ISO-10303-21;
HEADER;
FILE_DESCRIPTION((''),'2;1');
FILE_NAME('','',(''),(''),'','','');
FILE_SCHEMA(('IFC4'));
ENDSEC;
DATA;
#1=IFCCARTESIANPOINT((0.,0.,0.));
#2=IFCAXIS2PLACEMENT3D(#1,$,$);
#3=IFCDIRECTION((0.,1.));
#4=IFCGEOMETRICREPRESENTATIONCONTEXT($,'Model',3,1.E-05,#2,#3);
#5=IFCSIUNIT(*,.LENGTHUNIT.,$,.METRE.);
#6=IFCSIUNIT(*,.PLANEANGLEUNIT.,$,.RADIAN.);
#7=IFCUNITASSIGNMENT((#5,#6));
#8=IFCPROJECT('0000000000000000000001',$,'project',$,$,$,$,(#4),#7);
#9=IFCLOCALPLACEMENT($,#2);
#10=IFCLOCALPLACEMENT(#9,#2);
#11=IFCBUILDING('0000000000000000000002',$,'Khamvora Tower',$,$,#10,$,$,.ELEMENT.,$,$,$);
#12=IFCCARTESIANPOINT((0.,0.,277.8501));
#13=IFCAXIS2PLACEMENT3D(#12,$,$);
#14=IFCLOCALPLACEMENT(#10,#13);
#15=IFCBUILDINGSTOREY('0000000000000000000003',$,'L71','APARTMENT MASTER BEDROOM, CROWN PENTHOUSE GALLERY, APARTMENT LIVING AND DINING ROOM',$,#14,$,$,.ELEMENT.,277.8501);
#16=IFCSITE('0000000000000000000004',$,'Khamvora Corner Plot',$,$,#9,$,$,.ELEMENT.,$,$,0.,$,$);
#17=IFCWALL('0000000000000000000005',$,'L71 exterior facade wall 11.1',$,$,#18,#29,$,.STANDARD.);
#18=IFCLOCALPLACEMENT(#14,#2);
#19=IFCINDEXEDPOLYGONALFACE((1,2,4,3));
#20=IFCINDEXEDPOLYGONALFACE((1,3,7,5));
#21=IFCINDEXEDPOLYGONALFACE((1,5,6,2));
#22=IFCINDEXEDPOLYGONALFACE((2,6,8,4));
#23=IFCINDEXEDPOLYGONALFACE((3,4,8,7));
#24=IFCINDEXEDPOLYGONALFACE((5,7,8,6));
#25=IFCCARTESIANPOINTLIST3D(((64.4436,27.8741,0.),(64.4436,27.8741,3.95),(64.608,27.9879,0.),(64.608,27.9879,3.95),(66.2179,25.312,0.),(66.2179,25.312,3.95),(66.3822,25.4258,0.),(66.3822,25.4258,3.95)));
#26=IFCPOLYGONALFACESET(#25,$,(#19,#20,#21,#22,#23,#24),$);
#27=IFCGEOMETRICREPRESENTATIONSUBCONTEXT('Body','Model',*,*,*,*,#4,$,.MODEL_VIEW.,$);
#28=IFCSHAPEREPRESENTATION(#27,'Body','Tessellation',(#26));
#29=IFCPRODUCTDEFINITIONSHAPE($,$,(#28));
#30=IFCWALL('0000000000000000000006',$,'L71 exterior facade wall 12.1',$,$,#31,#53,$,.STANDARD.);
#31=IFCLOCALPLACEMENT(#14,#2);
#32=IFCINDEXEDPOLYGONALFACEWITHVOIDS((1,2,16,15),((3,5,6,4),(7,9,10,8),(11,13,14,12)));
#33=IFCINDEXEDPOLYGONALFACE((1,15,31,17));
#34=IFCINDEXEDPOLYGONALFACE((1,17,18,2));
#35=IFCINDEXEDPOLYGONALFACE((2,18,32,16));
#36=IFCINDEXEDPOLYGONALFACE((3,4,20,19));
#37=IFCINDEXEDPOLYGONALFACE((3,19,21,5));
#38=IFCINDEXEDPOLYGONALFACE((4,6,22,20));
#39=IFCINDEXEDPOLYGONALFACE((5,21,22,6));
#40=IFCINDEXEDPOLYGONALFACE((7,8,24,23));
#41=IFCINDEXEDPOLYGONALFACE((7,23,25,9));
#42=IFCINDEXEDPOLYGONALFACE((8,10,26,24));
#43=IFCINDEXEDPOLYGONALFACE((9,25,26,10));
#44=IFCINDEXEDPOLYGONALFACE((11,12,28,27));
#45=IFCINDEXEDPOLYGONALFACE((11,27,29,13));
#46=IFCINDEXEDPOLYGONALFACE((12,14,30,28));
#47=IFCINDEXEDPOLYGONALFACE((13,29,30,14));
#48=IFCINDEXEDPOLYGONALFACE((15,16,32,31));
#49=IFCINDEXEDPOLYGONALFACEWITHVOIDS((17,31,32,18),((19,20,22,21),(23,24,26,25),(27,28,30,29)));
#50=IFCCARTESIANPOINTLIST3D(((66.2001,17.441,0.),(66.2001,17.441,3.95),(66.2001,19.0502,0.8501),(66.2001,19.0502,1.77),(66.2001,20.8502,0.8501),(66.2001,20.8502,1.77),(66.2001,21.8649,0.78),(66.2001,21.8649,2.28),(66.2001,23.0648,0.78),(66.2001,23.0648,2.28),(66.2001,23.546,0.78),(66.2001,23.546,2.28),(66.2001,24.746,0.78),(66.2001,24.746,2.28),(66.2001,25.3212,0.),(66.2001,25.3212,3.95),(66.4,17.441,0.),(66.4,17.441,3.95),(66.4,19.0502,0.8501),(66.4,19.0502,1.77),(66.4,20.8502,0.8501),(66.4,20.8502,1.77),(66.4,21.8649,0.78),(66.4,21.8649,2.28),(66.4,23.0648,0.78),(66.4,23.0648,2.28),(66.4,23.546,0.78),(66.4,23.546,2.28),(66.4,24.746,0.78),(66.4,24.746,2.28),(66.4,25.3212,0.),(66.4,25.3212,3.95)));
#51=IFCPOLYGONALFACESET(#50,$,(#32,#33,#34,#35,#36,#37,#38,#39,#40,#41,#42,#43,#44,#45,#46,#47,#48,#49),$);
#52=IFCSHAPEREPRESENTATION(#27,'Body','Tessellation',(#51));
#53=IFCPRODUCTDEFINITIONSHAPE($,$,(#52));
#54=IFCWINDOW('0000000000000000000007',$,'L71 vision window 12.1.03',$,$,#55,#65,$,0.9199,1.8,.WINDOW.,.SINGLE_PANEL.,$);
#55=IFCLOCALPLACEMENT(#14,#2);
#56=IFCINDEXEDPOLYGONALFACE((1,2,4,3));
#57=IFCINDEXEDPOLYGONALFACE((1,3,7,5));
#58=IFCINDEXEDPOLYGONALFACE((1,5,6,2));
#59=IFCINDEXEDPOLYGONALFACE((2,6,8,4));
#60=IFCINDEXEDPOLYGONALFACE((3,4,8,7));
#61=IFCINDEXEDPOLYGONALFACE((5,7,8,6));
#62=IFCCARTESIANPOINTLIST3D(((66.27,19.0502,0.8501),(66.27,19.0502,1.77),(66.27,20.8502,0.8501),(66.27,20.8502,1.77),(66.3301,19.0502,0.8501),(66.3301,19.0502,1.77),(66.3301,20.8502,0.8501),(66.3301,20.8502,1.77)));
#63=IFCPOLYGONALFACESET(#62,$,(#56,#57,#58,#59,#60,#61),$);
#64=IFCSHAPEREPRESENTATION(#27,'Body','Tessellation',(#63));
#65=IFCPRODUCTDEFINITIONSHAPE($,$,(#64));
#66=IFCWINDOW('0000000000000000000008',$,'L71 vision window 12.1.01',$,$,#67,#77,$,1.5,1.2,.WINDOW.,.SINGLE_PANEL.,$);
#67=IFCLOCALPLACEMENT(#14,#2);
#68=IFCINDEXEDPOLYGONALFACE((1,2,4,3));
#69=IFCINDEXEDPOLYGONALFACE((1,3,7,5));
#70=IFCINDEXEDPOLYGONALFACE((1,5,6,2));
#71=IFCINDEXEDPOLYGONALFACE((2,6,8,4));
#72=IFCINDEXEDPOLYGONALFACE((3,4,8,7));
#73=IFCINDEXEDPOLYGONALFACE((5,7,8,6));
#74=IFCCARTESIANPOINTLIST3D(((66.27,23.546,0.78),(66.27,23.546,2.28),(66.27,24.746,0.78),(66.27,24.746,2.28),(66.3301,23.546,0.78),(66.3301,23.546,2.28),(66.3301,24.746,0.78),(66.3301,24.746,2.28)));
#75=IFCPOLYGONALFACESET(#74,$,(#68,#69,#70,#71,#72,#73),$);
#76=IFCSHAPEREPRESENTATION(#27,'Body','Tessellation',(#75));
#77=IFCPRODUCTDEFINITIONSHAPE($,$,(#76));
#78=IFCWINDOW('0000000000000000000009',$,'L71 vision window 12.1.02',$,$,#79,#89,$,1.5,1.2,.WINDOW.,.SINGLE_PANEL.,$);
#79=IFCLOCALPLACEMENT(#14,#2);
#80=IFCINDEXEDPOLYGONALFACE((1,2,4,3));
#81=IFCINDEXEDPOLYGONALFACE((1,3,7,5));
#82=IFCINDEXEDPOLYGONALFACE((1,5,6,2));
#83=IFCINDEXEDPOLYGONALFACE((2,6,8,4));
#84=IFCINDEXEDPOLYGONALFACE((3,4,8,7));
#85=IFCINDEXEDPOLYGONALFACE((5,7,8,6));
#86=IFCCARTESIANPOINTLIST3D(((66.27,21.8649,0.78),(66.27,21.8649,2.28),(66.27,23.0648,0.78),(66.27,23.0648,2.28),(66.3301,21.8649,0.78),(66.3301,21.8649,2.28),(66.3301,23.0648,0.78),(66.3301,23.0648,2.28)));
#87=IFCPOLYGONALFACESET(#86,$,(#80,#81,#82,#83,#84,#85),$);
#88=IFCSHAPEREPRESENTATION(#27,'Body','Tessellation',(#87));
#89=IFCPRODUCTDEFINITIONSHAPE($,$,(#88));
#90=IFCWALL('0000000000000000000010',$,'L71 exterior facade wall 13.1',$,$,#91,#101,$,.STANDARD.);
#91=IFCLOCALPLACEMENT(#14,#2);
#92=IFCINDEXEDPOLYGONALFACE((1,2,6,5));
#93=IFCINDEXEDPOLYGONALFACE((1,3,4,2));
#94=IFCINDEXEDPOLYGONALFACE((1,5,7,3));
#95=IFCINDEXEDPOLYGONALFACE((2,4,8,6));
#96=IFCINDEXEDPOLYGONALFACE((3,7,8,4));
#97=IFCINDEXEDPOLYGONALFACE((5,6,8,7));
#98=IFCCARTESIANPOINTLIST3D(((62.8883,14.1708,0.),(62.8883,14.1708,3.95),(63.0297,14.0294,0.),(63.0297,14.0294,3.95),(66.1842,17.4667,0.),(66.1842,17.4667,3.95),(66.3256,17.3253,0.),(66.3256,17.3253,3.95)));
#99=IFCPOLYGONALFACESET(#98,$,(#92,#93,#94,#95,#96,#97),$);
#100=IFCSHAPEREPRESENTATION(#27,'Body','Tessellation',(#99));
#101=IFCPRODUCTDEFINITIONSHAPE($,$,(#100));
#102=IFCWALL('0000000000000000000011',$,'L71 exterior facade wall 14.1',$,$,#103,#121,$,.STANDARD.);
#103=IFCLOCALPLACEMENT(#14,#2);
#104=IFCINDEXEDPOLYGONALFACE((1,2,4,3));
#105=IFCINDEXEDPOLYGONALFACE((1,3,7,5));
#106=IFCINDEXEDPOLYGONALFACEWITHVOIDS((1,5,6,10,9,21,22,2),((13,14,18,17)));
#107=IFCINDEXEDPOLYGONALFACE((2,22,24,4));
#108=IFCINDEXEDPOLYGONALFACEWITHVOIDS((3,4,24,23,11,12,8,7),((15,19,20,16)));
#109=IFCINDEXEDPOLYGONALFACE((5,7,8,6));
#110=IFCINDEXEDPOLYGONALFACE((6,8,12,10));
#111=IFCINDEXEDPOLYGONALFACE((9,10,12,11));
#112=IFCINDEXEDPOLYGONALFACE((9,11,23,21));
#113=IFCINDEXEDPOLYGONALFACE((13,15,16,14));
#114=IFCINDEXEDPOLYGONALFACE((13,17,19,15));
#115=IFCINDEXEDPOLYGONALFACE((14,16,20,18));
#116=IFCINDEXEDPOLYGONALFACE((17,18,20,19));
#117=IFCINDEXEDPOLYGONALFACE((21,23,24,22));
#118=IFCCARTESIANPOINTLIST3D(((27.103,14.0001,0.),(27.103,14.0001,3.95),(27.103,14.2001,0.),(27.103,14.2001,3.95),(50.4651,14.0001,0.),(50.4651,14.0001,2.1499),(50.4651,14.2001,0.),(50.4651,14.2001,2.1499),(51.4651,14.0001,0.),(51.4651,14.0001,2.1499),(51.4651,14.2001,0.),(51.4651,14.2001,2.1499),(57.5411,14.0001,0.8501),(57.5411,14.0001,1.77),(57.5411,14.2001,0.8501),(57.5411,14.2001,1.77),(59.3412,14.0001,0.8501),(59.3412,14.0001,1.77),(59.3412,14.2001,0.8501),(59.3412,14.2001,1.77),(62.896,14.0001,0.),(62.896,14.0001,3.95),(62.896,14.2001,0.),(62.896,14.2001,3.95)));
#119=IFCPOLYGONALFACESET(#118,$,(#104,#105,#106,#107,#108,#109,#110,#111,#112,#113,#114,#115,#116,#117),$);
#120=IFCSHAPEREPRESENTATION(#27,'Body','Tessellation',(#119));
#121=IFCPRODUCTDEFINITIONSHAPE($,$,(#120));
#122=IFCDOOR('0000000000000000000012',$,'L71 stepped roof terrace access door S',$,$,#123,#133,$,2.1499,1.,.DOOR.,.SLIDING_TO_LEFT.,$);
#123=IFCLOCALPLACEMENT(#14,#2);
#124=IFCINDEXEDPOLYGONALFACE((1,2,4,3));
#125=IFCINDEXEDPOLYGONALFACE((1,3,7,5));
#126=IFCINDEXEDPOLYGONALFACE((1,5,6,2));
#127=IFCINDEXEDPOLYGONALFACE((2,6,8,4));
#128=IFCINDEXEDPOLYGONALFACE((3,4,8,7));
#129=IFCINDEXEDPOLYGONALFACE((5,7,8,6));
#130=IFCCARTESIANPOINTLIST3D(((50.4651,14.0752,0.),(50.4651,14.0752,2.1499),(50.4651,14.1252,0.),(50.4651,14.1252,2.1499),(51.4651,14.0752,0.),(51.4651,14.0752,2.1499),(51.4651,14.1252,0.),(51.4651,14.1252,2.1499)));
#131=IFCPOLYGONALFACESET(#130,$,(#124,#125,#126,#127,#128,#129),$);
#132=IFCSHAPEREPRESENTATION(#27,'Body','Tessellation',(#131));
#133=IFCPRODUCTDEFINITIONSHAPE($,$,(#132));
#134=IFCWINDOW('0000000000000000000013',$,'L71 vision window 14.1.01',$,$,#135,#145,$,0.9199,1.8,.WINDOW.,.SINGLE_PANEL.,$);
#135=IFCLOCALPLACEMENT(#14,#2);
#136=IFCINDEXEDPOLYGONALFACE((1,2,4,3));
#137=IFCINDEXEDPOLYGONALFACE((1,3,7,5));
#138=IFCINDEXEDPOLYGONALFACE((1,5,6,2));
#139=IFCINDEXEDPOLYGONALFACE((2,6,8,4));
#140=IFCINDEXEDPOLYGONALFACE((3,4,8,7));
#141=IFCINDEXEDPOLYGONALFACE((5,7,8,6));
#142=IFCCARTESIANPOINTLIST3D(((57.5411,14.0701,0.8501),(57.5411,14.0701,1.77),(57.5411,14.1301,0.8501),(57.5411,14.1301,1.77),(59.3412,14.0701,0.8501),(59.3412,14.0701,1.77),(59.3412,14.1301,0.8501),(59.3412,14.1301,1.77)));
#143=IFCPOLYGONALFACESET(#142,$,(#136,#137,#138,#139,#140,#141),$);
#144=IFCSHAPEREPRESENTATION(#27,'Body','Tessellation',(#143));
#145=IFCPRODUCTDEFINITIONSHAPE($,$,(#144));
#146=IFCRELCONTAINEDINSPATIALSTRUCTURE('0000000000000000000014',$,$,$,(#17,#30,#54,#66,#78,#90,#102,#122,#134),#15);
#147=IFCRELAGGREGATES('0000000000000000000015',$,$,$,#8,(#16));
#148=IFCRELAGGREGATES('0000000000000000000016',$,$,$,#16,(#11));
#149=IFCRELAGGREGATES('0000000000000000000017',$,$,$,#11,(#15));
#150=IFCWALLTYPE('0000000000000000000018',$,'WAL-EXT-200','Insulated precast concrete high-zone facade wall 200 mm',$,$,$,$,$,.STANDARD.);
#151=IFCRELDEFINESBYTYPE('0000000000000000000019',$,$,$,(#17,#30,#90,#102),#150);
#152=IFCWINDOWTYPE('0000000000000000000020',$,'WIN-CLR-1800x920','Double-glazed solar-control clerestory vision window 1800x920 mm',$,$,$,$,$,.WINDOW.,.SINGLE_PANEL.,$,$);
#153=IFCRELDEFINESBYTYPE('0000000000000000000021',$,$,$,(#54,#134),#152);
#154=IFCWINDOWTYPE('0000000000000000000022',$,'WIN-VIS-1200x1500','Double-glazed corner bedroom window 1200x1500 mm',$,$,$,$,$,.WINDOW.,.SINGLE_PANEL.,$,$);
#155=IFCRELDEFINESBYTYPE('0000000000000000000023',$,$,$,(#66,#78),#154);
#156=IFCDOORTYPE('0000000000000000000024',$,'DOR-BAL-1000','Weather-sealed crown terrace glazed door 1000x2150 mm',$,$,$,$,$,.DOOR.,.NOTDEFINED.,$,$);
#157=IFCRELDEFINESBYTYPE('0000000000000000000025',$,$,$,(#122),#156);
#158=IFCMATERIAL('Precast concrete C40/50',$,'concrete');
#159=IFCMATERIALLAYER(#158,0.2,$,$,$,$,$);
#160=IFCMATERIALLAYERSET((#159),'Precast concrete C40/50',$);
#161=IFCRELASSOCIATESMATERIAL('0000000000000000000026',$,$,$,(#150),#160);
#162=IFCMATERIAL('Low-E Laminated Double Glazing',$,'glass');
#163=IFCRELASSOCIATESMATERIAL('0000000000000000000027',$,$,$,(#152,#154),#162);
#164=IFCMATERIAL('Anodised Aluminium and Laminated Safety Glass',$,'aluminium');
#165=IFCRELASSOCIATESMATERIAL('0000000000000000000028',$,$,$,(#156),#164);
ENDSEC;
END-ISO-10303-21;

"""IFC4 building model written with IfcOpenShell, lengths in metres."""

from ifc_helpers import new_model, si_unit, direction, frame, frame_2d, origin, place, context, subcontext, project, spatial, rectangle, extrude, material, layer, layer_set, type_object, element, fill, save


model = new_model("IFC4")

# Units and contexts
model_context = context("Model", 3, precision=1e-05, world=origin(), true_north=direction((0.0, 1.0)))
body_context = subcontext(model_context, "Body", "Model", "MODEL_VIEW")
ifc_project = project(units=[si_unit("LENGTHUNIT", "METRE"), si_unit("PLANEANGLEUNIT", "RADIAN")], contexts=[model_context])

# Site, building, storey
site_placement = place(None, origin())
site = spatial("IfcSite", under=ifc_project, at=site_placement, Name="Khamvora Corner Plot", CompositionType="ELEMENT", RefElevation=0.0)
building_placement = place(site_placement, origin())
building = spatial("IfcBuilding", under=site, at=building_placement, Name="Khamvora Tower", CompositionType="ELEMENT")
storey_placement = place(building_placement, frame((0.0, 0.0, 277.8501)))
storey = spatial("IfcBuildingStorey", under=building, at=storey_placement, Name="L71", Description="APARTMENT MASTER BEDROOM, CROWN PENTHOUSE GALLERY, APARTMENT LIVING AND DINING ROOM", CompositionType="ELEMENT", Elevation=277.8501)

# Wall
ifc_material_1 = material(Name="Precast concrete C40/50", Category="concrete")
ifc_layer_1 = layer(ifc_material_1, 0.2)
ifc_layer_set_1 = layer_set([ifc_layer_1], Name="Precast concrete C40/50")
wall_type_1 = type_object("IfcWallType", Name="WAL-EXT-200", Description="Insulated precast concrete high-zone facade wall 200 mm", PredefinedType="STANDARD", material=ifc_layer_set_1)
wall_1_placement = place(storey_placement, frame((64.5259, 27.9309, 0.0), z_axis=(0.0, 0.0, 1.0), x_axis=(0.569312, -0.822122, 0.0)))
element("IfcWall", 1, at=wall_1_placement, inside=storey, type_object=wall_type_1, Name="L71 exterior facade wall 11.1", PredefinedType="STANDARD", context=body_context, shape_type="SweptSolid", body=[
    extrude(rectangle(XDim=3.1165, YDim=0.2, at=frame_2d((1.5581, 0.0))), origin(), (0.0, 0.0, 1.0), 3.95),
])

# Wall, openings, windows
wall_2_placement = place(storey_placement, frame((66.3, 25.321, 0.0), z_axis=(0.0, 0.0, 1.0), x_axis=(0.0, -1.0, 0.0)))
wall_2 = element("IfcWall", 2, at=wall_2_placement, inside=storey, type_object=wall_type_1, Name="L71 exterior facade wall 12.1", PredefinedType="STANDARD", context=body_context, shape_type="SweptSolid", body=[
    extrude(rectangle(XDim=7.8801, YDim=0.2, at=frame_2d((3.9399, 0.0))), origin(), (0.0, 0.0, 1.0), 3.95),
])
opening_1_placement = place(wall_2_placement, frame((0.575, 0.0, 0.78)))
opening_1 = element("IfcOpeningElement", 3, at=opening_1_placement, cuts=wall_2, PredefinedType="OPENING", context=body_context, shape_type="SweptSolid", body=[
    extrude(rectangle(XDim=1.2, YDim=1.5, at=frame_2d((0.6001, 0.75))), frame((0.0, 0.1099, 0.0), z_axis=(0.0, -1.0, 0.0), x_axis=(1.0, 0.0, 0.0)), (0.0, 0.0, 1.0), 0.22),
])
opening_2_placement = place(wall_2_placement, frame((2.2561, 0.0, 0.78)))
opening_2 = element("IfcOpeningElement", 4, at=opening_2_placement, cuts=wall_2, PredefinedType="OPENING", context=body_context, shape_type="SweptSolid", body=[
    extrude(rectangle(XDim=1.2, YDim=1.5, at=frame_2d((0.6001, 0.75))), frame((0.0, 0.1099, 0.0), z_axis=(0.0, -1.0, 0.0), x_axis=(1.0, 0.0, 0.0)), (0.0, 0.0, 1.0), 0.22),
])
opening_3_placement = place(wall_2_placement, frame((4.4709, 0.0, 0.8501)))
opening_3 = element("IfcOpeningElement", 5, at=opening_3_placement, cuts=wall_2, PredefinedType="OPENING", context=body_context, shape_type="SweptSolid", body=[
    extrude(rectangle(XDim=1.8, YDim=0.9199, at=frame_2d((0.8999, 0.46))), frame((0.0, 0.1099, 0.0), z_axis=(0.0, -1.0, 0.0), x_axis=(1.0, 0.0, 0.0)), (0.0, 0.0, 1.0), 0.22),
])
ifc_material_2 = material(Name="Low-E Laminated Double Glazing", Category="glass")
window_type_1 = type_object("IfcWindowType", Name="WIN-CLR-1800x920", Description="Double-glazed solar-control clerestory vision window 1800x920 mm", PartitioningType="SINGLE_PANEL", PredefinedType="WINDOW", material=ifc_material_2)
window_1_placement = place(opening_3_placement, origin())
window_1 = element("IfcWindow", 6, at=window_1_placement, inside=storey, type_object=window_type_1, Name="L71 vision window 12.1.03", OverallHeight=0.9199, OverallWidth=1.8, PartitioningType="SINGLE_PANEL", PredefinedType="WINDOW", context=body_context, shape_type="SweptSolid", body=[
    extrude(rectangle(XDim=1.8, YDim=0.9199, at=frame_2d((0.8999, 0.46))), frame((0.0, 0.03, 0.0), z_axis=(0.0, -1.0, 0.0), x_axis=(1.0, 0.0, 0.0)), (0.0, 0.0, 1.0), 0.0601),
])
fill(opening_3, window_1)
window_type_2 = type_object("IfcWindowType", Name="WIN-VIS-1200x1500", Description="Double-glazed corner bedroom window 1200x1500 mm", PartitioningType="SINGLE_PANEL", PredefinedType="WINDOW", material=ifc_material_2)
window_2_placement = place(opening_1_placement, origin())
window_2 = element("IfcWindow", 7, at=window_2_placement, inside=storey, type_object=window_type_2, Name="L71 vision window 12.1.01", OverallHeight=1.5, OverallWidth=1.2, PartitioningType="SINGLE_PANEL", PredefinedType="WINDOW", context=body_context, shape_type="SweptSolid", body=[
    extrude(rectangle(XDim=1.2, YDim=1.5, at=frame_2d((0.6001, 0.75))), frame((0.0, 0.03, 0.0), z_axis=(0.0, -1.0, 0.0), x_axis=(1.0, 0.0, 0.0)), (0.0, 0.0, 1.0), 0.0601),
])
fill(opening_1, window_2)
window_3_placement = place(opening_2_placement, origin())
window_3 = element("IfcWindow", 8, at=window_3_placement, inside=storey, type_object=window_type_2, Name="L71 vision window 12.1.02", OverallHeight=1.5, OverallWidth=1.2, PartitioningType="SINGLE_PANEL", PredefinedType="WINDOW", context=body_context, shape_type="SweptSolid", body=[
    extrude(rectangle(XDim=1.2, YDim=1.5, at=frame_2d((0.6001, 0.75))), frame((0.0, 0.03, 0.0), z_axis=(0.0, -1.0, 0.0), x_axis=(1.0, 0.0, 0.0)), (0.0, 0.0, 1.0), 0.0601),
])
fill(opening_2, window_3)

# Wall
wall_3_placement = place(storey_placement, frame((66.2549, 17.396, 0.0), z_axis=(0.0, 0.0, 1.0), x_axis=(-0.707107, -0.707107, 0.0)))
element("IfcWall", 9, at=wall_3_placement, inside=storey, type_object=wall_type_1, Name="L71 exterior facade wall 13.1", PredefinedType="STANDARD", context=body_context, shape_type="SweptSolid", body=[
    extrude(rectangle(XDim=4.6611, YDim=0.2, at=frame_2d((2.3306, 0.0))), origin(), (0.0, 0.0, 1.0), 3.95),
])

# Wall, openings, door, window
wall_4_placement = place(storey_placement, frame((62.896, 14.1001, 0.0), z_axis=(0.0, 0.0, 1.0), x_axis=(-1.0, 0.0, 0.0)))
wall_4 = element("IfcWall", 10, at=wall_4_placement, inside=storey, type_object=wall_type_1, Name="L71 exterior facade wall 14.1", PredefinedType="STANDARD", context=body_context, shape_type="SweptSolid", body=[
    extrude(rectangle(XDim=35.793, YDim=0.2, at=frame_2d((17.8965, 0.0))), origin(), (0.0, 0.0, 1.0), 3.95),
])
opening_4_placement = place(wall_4_placement, frame((11.4309, 0.0, 0.0)))
opening_4 = element("IfcOpeningElement", 11, at=opening_4_placement, cuts=wall_4, PredefinedType="OPENING", context=body_context, shape_type="SweptSolid", body=[
    extrude(rectangle(XDim=1.0, YDim=2.1499, at=frame_2d((0.5, 1.075))), frame((0.0, 0.1099, 0.0), z_axis=(0.0, -1.0, 0.0), x_axis=(1.0, 0.0, 0.0)), (0.0, 0.0, 1.0), 0.22),
])
opening_5_placement = place(wall_4_placement, frame((3.5549, 0.0, 0.8501)))
opening_5 = element("IfcOpeningElement", 12, at=opening_5_placement, cuts=wall_4, PredefinedType="OPENING", context=body_context, shape_type="SweptSolid", body=[
    extrude(rectangle(XDim=1.8, YDim=0.9199, at=frame_2d((0.8999, 0.46))), frame((0.0, 0.1099, 0.0), z_axis=(0.0, -1.0, 0.0), x_axis=(1.0, 0.0, 0.0)), (0.0, 0.0, 1.0), 0.22),
])
ifc_material_3 = material(Name="Anodised Aluminium and Laminated Safety Glass", Category="aluminium")
door_type_1 = type_object("IfcDoorType", Name="DOR-BAL-1000", Description="Weather-sealed crown terrace glazed door 1000x2150 mm", OperationType="NOTDEFINED", PredefinedType="DOOR", material=ifc_material_3)
door_1_placement = place(opening_4_placement, origin())
door_1 = element("IfcDoor", 13, at=door_1_placement, inside=storey, type_object=door_type_1, Name="L71 stepped roof terrace access door S", OperationType="SLIDING_TO_LEFT", OverallHeight=2.1499, OverallWidth=1.0, PredefinedType="DOOR", context=body_context, shape_type="SweptSolid", body=[
    extrude(rectangle(XDim=1.0, YDim=2.1499, at=frame_2d((0.5, 1.075))), frame((0.0, 0.0249, 0.0), z_axis=(0.0, -1.0, 0.0), x_axis=(1.0, 0.0, 0.0)), (0.0, 0.0, 1.0), 0.05),
])
fill(opening_4, door_1)
window_4_placement = place(opening_5_placement, origin())
window_4 = element("IfcWindow", 14, at=window_4_placement, inside=storey, type_object=window_type_1, Name="L71 vision window 14.1.01", OverallHeight=0.9199, OverallWidth=1.8, PartitioningType="SINGLE_PANEL", PredefinedType="WINDOW", context=body_context, shape_type="SweptSolid", body=[
    extrude(rectangle(XDim=1.8, YDim=0.9199, at=frame_2d((0.8999, 0.46))), frame((0.0, 0.03, 0.0), z_axis=(0.0, -1.0, 0.0), x_axis=(1.0, 0.0, 0.0)), (0.0, 0.0, 1.0), 0.0601),
])
fill(opening_5, window_4)

save(model, "model.ifc")
